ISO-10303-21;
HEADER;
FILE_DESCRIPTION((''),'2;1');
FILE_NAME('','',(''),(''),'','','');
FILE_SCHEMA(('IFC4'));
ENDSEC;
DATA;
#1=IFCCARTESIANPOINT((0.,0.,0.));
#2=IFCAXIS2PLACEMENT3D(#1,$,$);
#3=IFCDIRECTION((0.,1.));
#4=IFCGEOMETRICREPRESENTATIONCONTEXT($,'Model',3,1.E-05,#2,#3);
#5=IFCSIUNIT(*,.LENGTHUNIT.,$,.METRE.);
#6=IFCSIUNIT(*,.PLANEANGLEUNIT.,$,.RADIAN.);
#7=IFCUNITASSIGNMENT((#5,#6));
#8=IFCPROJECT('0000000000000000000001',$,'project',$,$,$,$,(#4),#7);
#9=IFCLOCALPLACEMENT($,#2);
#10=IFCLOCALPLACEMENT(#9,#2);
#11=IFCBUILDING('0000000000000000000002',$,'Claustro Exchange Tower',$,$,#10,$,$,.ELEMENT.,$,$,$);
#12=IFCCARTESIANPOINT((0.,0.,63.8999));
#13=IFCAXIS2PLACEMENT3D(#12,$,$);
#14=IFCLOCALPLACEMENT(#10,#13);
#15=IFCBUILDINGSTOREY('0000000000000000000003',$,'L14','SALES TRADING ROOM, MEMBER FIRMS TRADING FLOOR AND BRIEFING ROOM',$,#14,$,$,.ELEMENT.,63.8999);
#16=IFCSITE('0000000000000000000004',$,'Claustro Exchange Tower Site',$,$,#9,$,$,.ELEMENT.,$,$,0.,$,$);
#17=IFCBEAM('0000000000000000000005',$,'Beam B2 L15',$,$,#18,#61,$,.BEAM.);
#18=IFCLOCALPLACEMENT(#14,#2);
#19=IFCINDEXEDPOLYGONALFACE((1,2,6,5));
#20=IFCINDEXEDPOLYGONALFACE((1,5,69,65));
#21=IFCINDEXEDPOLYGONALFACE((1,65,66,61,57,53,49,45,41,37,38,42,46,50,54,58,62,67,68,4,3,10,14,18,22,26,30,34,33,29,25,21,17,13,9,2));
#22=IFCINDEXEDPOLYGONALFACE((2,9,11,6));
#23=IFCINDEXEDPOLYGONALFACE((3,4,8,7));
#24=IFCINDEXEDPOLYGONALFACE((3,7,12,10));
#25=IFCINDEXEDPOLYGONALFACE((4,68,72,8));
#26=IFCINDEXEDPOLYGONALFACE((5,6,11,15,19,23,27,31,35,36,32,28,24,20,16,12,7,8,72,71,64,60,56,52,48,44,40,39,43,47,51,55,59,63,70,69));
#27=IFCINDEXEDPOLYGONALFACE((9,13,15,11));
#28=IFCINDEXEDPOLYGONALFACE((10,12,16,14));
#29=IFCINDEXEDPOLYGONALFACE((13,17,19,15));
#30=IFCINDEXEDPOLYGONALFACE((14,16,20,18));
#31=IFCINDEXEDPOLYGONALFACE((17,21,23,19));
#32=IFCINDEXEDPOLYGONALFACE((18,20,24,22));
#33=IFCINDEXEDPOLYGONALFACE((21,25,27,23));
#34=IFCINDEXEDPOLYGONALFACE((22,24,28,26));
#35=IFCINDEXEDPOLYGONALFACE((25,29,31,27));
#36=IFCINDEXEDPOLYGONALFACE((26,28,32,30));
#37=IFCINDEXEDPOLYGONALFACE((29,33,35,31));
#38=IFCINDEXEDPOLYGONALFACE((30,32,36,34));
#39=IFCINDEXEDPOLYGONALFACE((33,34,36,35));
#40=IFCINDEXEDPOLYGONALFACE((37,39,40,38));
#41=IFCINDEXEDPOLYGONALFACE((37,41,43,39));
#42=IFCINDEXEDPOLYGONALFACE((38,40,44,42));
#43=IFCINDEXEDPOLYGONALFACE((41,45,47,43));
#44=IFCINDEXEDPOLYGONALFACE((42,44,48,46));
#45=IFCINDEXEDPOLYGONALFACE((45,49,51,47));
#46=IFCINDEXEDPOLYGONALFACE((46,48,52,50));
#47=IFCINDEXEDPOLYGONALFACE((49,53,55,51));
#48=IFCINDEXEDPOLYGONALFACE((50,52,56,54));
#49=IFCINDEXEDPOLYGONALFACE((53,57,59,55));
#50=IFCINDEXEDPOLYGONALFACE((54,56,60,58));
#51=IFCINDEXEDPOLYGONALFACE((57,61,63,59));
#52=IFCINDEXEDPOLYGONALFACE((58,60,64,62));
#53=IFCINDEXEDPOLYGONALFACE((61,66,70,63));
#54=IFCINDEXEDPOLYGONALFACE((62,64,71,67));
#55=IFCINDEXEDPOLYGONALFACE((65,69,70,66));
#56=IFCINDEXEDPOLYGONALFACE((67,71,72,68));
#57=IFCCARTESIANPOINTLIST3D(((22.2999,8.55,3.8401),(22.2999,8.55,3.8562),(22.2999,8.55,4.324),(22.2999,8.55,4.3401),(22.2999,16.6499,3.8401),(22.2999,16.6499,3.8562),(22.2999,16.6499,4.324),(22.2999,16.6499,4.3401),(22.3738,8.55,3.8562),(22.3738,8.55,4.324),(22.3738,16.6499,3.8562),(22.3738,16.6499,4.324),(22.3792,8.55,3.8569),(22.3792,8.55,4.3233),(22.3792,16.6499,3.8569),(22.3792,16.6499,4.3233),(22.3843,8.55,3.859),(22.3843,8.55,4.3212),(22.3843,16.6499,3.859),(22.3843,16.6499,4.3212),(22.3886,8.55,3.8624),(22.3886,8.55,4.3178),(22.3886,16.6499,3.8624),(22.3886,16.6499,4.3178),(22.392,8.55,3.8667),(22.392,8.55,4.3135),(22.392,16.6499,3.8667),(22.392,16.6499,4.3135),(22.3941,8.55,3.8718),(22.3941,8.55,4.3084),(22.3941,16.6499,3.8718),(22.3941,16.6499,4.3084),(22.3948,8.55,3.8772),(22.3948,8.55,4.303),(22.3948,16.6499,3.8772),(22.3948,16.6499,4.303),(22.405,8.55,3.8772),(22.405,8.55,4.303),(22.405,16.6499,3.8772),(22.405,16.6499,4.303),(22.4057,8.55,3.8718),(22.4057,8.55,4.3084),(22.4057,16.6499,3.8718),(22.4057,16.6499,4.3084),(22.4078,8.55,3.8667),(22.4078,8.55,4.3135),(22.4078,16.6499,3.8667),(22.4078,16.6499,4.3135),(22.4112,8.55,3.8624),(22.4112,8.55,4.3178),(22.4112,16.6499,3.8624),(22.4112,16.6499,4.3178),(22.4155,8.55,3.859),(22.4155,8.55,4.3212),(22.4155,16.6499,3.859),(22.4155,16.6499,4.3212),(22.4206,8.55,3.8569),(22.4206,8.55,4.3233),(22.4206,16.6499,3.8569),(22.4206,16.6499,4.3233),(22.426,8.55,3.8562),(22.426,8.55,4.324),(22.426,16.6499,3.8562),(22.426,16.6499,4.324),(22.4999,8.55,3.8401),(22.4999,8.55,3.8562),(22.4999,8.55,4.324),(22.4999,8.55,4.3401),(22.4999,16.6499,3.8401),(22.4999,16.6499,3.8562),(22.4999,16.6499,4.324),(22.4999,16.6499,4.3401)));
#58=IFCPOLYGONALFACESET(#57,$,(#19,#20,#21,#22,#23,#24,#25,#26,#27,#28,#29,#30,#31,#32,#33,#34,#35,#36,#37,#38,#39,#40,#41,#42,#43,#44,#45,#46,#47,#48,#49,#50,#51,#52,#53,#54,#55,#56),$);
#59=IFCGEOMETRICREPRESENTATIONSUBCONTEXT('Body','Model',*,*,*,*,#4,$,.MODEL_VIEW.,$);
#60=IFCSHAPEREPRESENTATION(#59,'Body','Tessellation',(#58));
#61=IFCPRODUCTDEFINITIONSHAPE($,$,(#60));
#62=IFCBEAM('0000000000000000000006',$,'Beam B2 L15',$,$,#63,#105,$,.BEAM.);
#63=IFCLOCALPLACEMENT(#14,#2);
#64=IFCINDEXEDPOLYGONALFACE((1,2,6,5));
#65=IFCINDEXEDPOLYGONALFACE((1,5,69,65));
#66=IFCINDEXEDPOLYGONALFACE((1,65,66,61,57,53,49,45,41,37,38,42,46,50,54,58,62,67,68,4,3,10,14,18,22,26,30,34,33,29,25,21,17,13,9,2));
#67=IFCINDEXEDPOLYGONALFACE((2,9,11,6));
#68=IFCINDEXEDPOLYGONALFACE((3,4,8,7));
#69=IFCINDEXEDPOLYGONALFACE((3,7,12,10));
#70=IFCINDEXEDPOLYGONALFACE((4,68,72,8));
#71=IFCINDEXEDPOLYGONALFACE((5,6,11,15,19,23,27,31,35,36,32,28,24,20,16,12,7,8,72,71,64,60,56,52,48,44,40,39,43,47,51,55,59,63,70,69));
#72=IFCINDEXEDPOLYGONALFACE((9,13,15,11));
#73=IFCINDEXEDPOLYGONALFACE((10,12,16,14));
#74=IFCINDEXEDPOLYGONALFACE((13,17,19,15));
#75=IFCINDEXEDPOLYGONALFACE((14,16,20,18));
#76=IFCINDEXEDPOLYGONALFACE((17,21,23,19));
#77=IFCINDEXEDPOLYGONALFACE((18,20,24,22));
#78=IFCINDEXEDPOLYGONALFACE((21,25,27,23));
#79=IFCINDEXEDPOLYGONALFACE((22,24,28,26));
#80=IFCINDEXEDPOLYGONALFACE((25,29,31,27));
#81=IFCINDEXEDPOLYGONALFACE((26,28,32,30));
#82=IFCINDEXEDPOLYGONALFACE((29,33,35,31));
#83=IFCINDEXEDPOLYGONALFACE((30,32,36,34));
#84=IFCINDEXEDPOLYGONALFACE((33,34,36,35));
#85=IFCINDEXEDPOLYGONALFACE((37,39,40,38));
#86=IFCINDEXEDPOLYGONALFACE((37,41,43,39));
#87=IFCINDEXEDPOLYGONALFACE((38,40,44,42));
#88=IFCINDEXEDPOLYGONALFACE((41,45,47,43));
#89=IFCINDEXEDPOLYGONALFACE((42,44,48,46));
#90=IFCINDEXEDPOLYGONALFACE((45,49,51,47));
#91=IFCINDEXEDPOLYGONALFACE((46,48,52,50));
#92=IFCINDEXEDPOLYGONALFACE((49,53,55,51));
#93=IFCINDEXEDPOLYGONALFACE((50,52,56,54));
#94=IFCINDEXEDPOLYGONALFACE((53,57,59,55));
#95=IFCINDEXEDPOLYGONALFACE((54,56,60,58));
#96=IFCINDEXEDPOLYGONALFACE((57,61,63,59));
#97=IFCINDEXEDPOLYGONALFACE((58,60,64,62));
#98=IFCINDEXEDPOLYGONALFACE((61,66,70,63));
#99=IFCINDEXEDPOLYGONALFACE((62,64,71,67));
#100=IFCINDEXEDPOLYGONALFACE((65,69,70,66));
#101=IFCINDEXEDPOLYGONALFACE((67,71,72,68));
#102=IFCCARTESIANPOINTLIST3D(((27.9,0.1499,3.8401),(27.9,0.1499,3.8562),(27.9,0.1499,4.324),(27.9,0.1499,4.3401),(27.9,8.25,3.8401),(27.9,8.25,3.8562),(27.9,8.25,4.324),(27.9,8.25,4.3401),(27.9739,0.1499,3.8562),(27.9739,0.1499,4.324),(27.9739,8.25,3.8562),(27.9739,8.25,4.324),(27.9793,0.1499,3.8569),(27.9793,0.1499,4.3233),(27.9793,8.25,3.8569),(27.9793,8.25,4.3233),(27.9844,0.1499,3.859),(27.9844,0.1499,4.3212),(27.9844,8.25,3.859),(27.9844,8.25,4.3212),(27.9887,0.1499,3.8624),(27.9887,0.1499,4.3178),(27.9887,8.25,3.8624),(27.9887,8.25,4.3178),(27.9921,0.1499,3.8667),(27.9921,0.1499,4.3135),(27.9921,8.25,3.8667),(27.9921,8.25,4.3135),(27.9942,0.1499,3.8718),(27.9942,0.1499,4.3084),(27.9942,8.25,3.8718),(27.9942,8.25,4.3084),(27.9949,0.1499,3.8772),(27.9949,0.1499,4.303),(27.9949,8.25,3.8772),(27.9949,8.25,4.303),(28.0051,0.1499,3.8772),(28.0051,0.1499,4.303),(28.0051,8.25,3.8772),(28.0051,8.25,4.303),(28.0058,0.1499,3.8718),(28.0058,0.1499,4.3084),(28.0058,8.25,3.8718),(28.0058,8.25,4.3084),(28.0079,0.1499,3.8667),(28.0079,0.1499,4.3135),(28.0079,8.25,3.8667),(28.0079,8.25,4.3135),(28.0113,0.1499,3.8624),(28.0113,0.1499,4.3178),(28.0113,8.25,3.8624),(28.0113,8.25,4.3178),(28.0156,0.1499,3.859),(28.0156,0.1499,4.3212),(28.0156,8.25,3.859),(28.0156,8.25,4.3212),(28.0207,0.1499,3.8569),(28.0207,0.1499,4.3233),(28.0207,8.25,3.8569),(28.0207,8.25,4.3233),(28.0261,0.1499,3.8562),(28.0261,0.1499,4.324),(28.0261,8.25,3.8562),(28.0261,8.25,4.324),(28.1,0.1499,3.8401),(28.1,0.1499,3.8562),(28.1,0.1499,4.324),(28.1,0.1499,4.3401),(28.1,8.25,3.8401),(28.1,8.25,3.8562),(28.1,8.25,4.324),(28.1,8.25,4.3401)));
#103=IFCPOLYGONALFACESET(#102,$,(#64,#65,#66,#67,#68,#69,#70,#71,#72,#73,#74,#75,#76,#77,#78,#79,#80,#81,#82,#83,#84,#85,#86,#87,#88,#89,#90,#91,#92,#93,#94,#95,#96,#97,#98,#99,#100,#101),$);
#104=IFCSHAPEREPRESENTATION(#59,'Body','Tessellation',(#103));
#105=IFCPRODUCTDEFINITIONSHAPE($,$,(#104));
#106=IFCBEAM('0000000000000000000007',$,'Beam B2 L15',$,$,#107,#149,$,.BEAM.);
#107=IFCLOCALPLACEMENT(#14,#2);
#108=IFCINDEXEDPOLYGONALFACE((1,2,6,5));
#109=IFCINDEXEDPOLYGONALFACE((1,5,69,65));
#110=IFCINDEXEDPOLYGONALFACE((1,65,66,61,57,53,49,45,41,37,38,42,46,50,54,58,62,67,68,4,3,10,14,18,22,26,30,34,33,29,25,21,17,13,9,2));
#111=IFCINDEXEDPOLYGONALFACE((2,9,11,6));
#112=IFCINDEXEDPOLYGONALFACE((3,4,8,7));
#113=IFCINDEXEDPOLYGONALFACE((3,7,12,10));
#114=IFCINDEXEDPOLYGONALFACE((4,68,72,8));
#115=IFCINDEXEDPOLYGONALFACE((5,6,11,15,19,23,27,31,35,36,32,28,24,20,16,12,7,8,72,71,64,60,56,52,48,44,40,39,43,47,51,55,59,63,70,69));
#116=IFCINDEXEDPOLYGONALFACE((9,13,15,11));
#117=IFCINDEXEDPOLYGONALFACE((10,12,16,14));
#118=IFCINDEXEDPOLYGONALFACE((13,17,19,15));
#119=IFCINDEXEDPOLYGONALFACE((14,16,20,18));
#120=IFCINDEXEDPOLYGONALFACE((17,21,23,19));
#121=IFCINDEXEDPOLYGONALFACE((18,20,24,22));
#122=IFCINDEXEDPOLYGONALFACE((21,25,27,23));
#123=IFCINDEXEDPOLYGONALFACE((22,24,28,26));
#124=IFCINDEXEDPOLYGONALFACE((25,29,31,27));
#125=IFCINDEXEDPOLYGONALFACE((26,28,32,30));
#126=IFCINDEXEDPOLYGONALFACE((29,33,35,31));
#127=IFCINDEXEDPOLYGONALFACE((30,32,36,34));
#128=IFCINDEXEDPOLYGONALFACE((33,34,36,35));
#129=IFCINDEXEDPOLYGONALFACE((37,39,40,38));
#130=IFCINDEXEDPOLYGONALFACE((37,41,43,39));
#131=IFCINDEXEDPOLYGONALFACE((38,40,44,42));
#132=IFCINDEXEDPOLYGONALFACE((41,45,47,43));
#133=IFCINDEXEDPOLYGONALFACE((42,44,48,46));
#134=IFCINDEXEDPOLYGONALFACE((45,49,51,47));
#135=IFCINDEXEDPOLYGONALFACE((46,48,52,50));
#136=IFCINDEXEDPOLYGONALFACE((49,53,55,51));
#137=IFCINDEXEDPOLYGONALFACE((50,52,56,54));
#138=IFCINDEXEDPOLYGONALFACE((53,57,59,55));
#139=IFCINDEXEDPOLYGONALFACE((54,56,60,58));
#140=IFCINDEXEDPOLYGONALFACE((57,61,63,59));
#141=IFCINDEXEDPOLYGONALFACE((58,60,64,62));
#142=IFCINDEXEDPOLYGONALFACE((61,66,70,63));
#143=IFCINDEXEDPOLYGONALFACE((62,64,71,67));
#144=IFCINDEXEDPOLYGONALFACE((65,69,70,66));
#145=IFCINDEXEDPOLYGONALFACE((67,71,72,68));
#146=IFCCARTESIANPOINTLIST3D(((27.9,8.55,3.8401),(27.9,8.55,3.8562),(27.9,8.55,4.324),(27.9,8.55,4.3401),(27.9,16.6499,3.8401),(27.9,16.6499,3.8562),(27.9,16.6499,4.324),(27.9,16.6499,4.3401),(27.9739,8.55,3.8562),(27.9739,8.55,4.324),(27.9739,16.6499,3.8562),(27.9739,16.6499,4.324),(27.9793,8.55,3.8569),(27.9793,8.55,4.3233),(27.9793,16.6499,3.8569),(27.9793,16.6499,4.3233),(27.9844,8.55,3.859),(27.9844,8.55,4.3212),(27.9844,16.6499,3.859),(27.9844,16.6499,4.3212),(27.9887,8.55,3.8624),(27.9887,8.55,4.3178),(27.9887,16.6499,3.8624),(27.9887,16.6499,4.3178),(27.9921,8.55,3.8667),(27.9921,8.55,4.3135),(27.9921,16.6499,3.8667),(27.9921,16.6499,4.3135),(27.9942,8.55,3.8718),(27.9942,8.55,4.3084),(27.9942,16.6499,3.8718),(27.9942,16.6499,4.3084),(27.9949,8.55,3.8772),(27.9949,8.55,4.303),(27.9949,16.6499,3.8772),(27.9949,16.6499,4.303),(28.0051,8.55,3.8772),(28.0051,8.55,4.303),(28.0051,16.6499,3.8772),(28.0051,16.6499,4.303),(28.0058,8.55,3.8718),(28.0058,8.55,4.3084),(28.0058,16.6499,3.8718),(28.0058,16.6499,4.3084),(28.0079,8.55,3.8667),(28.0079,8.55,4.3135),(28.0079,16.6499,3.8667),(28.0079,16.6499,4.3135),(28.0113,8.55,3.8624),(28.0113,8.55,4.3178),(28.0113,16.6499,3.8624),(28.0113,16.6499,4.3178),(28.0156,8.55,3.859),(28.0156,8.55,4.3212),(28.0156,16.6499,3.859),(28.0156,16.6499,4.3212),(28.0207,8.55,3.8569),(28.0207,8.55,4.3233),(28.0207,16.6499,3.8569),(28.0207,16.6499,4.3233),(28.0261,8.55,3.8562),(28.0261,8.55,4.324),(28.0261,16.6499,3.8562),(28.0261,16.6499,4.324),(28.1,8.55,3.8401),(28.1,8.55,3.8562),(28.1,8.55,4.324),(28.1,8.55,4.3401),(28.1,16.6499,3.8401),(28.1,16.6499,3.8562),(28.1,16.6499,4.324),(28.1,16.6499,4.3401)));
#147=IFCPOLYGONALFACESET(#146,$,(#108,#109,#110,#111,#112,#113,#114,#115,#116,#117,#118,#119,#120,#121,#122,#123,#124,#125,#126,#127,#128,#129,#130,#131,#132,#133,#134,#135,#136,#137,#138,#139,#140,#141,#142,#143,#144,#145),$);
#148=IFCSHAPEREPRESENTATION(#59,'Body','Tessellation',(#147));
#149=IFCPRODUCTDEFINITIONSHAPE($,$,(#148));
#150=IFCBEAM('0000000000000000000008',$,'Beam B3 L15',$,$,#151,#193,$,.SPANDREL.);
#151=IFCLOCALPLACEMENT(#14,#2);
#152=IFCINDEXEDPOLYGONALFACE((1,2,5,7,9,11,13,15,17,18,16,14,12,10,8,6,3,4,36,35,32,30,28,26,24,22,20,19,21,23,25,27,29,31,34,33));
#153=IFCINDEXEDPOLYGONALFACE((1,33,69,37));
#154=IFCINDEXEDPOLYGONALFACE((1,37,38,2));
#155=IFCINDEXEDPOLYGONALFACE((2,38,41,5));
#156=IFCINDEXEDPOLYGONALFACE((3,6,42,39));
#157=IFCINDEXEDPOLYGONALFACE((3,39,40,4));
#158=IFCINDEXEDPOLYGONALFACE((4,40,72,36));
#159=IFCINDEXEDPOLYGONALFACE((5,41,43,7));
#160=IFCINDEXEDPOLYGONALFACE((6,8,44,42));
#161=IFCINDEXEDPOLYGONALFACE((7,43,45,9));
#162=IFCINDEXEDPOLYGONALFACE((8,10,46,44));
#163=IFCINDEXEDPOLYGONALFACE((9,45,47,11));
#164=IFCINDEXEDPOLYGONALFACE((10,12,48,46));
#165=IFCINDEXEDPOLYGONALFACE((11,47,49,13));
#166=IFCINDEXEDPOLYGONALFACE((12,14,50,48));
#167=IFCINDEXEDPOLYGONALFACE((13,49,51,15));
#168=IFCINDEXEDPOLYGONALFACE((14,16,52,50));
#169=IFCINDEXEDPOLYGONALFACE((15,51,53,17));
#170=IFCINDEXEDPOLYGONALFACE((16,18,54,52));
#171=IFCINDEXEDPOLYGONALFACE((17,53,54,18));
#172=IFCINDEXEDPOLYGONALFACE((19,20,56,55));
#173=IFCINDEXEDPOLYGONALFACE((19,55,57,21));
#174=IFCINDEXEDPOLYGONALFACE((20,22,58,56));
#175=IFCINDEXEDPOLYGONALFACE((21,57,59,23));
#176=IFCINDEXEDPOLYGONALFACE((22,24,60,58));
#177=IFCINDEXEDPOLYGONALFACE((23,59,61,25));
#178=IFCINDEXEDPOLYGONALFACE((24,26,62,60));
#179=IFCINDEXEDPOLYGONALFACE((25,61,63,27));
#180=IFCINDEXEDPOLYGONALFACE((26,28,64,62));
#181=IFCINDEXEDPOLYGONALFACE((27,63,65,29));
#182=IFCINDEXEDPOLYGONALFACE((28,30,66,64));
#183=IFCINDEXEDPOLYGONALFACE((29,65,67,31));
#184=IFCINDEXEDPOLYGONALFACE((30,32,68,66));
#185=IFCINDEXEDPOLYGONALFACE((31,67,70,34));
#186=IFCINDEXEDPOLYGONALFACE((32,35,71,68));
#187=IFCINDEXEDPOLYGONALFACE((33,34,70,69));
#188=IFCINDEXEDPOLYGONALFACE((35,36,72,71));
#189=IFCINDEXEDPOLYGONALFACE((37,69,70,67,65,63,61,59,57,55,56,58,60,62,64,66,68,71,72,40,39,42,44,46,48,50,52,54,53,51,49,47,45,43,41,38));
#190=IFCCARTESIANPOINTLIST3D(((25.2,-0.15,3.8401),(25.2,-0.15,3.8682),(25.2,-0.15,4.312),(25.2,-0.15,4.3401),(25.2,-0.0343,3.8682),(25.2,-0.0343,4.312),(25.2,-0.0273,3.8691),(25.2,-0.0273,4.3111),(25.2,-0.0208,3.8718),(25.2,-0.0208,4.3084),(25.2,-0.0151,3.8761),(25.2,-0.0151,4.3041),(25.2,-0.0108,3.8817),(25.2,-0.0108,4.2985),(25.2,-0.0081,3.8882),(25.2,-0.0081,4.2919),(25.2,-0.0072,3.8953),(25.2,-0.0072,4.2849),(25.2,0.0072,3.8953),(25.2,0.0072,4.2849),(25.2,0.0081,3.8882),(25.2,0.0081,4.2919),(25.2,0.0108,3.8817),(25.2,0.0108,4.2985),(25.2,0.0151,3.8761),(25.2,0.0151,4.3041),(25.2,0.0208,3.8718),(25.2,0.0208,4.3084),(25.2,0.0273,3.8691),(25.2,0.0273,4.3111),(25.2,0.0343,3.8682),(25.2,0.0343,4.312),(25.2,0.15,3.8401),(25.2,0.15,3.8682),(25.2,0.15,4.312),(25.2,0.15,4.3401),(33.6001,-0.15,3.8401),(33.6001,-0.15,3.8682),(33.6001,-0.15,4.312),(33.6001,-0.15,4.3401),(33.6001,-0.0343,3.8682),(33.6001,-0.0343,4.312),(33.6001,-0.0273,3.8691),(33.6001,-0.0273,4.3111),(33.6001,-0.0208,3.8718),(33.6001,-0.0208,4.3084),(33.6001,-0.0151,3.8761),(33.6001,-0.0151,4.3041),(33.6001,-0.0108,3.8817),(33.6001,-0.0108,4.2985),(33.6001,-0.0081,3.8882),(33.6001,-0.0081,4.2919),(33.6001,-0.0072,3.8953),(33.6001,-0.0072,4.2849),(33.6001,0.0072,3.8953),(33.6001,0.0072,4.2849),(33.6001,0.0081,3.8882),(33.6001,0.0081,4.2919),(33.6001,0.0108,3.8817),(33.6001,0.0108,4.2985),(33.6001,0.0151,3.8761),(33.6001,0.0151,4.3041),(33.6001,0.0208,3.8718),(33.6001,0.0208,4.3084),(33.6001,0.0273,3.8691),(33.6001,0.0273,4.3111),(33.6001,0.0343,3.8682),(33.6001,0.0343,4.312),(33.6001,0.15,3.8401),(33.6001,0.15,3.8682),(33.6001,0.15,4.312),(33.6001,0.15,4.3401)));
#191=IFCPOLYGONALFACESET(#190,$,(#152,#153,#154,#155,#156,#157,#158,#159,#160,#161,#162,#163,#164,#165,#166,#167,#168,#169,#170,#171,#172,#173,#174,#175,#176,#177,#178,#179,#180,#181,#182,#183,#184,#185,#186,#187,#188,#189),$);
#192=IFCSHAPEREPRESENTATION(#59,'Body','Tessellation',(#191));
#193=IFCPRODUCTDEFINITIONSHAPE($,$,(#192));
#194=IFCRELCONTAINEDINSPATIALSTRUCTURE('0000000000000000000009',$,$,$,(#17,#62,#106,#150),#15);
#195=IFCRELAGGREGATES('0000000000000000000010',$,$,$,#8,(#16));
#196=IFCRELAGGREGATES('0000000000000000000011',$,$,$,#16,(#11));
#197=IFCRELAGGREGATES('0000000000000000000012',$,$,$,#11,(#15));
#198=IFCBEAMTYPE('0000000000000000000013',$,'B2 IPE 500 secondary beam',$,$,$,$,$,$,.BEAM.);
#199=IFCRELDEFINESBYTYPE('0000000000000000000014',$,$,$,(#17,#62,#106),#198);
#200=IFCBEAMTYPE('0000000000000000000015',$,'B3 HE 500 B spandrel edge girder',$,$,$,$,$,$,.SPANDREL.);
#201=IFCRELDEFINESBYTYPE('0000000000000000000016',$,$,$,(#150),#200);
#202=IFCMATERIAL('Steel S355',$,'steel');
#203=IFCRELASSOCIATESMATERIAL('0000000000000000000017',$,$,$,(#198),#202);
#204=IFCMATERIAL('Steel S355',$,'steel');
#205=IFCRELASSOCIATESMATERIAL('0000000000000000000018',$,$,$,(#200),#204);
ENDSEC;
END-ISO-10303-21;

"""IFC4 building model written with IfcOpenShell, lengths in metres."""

from ifc_helpers import new_model, si_unit, direction, frame, origin, origin_2d, place, context, subcontext, project, spatial, i_section, extrude, material, material_profile, profile_set, type_object, element, save


model = new_model("IFC4")

# Units and contexts
model_context = context("Model", 3, precision=1e-05, world=origin(), true_north=direction((0.0, 1.0)))
body_context = subcontext(model_context, "Body", "Model", "MODEL_VIEW")
ifc_project = project(units=[si_unit("LENGTHUNIT", "METRE"), si_unit("PLANEANGLEUNIT", "RADIAN")], contexts=[model_context])

# Site, building, storey
site_placement = place(None, origin())
site = spatial("IfcSite", under=ifc_project, at=site_placement, Name="Claustro Exchange Tower Site", CompositionType="ELEMENT", RefElevation=0.0)
building_placement = place(site_placement, origin())
building = spatial("IfcBuilding", under=site, at=building_placement, Name="Claustro Exchange Tower", CompositionType="ELEMENT")
storey_placement = place(building_placement, frame((0.0, 0.0, 63.8999)))
storey = spatial("IfcBuildingStorey", under=building, at=storey_placement, Name="L14", Description="SALES TRADING ROOM, MEMBER FIRMS TRADING FLOOR AND BRIEFING ROOM", CompositionType="ELEMENT", Elevation=63.8999)

# Beams
ifc_material_1 = material(Name="Steel S355", Category="steel")
ifc_material_profile_1 = material_profile(ifc_material_1, i_section(OverallWidth=0.2, OverallDepth=0.5, WebThickness=0.0103, FlangeThickness=0.0161, FilletRadius=0.021, at=origin_2d()), Name="IPE 500")
ifc_profile_set_1 = profile_set([ifc_material_profile_1], Name="Steel S355")
beam_type_1 = type_object("IfcBeamType", Name="B2 IPE 500 secondary beam", PredefinedType="BEAM", material=ifc_profile_set_1)
for number, where, z_axis, x_axis, name in (
    (1, (22.3999, 8.55, 4.0901), (0.0, 1.0, 0.0), (-1.0, 0.0, 0.0), "Beam B2 L15"),
):
    element("IfcBeam", number, at=place(storey_placement, frame(where, z_axis=z_axis, x_axis=x_axis)), inside=storey, type_object=beam_type_1, Name=name, PredefinedType="BEAM", context=body_context, shape_type="SweptSolid", body=[
        extrude(i_section(OverallWidth=0.2, OverallDepth=0.5, WebThickness=0.0103, FlangeThickness=0.0161, FilletRadius=0.021, at=origin_2d()), origin(), (0.0, 0.0, 1.0), 8.0999),
    ])
beam_1_placement = place(storey_placement, frame((28.0, 0.1499, 4.0901), z_axis=(0.0, 1.0, 0.0), x_axis=(-1.0, 0.0, 0.0)))
element("IfcBeam", 2, at=beam_1_placement, inside=storey, type_object=beam_type_1, Name="Beam B2 L15", PredefinedType="BEAM", context=body_context, shape_type="SweptSolid", body=[
    extrude(i_section(OverallWidth=0.2, OverallDepth=0.5, WebThickness=0.0103, FlangeThickness=0.0161, FilletRadius=0.021, at=origin_2d()), origin(), (0.0, 0.0, 1.0), 8.1001),
])
beam_2_placement = place(storey_placement, frame((28.0, 8.55, 4.0901), z_axis=(0.0, 1.0, 0.0), x_axis=(-1.0, 0.0, 0.0)))
element("IfcBeam", 3, at=beam_2_placement, inside=storey, type_object=beam_type_1, Name="Beam B2 L15", PredefinedType="BEAM", context=body_context, shape_type="SweptSolid", body=[
    extrude(i_section(OverallWidth=0.2, OverallDepth=0.5, WebThickness=0.0103, FlangeThickness=0.0161, FilletRadius=0.021, at=origin_2d()), origin(), (0.0, 0.0, 1.0), 8.0999),
])
ifc_material_2 = material(Name="Steel S355", Category="steel")
ifc_material_profile_2 = material_profile(ifc_material_2, i_section(OverallWidth=0.3, OverallDepth=0.5, WebThickness=0.0144, FlangeThickness=0.0281, FilletRadius=0.0271, at=origin_2d()), Name="HE 500 B")
ifc_profile_set_2 = profile_set([ifc_material_profile_2], Name="Steel S355")
beam_type_2 = type_object("IfcBeamType", Name="B3 HE 500 B spandrel edge girder", PredefinedType="SPANDREL", material=ifc_profile_set_2)
beam_3_placement = place(storey_placement, frame((25.2, 0.0, 4.0901), z_axis=(1.0, 0.0, 0.0), x_axis=(0.0, 1.0, 0.0)))
element("IfcBeam", 4, at=beam_3_placement, inside=storey, type_object=beam_type_2, Name="Beam B3 L15", PredefinedType="SPANDREL", context=body_context, shape_type="SweptSolid", body=[
    extrude(i_section(OverallWidth=0.3, OverallDepth=0.5, WebThickness=0.0144, FlangeThickness=0.0281, FilletRadius=0.0271, at=origin_2d()), origin(), (0.0, 0.0, 1.0), 8.4001),
])

save(model, "model.ifc")
